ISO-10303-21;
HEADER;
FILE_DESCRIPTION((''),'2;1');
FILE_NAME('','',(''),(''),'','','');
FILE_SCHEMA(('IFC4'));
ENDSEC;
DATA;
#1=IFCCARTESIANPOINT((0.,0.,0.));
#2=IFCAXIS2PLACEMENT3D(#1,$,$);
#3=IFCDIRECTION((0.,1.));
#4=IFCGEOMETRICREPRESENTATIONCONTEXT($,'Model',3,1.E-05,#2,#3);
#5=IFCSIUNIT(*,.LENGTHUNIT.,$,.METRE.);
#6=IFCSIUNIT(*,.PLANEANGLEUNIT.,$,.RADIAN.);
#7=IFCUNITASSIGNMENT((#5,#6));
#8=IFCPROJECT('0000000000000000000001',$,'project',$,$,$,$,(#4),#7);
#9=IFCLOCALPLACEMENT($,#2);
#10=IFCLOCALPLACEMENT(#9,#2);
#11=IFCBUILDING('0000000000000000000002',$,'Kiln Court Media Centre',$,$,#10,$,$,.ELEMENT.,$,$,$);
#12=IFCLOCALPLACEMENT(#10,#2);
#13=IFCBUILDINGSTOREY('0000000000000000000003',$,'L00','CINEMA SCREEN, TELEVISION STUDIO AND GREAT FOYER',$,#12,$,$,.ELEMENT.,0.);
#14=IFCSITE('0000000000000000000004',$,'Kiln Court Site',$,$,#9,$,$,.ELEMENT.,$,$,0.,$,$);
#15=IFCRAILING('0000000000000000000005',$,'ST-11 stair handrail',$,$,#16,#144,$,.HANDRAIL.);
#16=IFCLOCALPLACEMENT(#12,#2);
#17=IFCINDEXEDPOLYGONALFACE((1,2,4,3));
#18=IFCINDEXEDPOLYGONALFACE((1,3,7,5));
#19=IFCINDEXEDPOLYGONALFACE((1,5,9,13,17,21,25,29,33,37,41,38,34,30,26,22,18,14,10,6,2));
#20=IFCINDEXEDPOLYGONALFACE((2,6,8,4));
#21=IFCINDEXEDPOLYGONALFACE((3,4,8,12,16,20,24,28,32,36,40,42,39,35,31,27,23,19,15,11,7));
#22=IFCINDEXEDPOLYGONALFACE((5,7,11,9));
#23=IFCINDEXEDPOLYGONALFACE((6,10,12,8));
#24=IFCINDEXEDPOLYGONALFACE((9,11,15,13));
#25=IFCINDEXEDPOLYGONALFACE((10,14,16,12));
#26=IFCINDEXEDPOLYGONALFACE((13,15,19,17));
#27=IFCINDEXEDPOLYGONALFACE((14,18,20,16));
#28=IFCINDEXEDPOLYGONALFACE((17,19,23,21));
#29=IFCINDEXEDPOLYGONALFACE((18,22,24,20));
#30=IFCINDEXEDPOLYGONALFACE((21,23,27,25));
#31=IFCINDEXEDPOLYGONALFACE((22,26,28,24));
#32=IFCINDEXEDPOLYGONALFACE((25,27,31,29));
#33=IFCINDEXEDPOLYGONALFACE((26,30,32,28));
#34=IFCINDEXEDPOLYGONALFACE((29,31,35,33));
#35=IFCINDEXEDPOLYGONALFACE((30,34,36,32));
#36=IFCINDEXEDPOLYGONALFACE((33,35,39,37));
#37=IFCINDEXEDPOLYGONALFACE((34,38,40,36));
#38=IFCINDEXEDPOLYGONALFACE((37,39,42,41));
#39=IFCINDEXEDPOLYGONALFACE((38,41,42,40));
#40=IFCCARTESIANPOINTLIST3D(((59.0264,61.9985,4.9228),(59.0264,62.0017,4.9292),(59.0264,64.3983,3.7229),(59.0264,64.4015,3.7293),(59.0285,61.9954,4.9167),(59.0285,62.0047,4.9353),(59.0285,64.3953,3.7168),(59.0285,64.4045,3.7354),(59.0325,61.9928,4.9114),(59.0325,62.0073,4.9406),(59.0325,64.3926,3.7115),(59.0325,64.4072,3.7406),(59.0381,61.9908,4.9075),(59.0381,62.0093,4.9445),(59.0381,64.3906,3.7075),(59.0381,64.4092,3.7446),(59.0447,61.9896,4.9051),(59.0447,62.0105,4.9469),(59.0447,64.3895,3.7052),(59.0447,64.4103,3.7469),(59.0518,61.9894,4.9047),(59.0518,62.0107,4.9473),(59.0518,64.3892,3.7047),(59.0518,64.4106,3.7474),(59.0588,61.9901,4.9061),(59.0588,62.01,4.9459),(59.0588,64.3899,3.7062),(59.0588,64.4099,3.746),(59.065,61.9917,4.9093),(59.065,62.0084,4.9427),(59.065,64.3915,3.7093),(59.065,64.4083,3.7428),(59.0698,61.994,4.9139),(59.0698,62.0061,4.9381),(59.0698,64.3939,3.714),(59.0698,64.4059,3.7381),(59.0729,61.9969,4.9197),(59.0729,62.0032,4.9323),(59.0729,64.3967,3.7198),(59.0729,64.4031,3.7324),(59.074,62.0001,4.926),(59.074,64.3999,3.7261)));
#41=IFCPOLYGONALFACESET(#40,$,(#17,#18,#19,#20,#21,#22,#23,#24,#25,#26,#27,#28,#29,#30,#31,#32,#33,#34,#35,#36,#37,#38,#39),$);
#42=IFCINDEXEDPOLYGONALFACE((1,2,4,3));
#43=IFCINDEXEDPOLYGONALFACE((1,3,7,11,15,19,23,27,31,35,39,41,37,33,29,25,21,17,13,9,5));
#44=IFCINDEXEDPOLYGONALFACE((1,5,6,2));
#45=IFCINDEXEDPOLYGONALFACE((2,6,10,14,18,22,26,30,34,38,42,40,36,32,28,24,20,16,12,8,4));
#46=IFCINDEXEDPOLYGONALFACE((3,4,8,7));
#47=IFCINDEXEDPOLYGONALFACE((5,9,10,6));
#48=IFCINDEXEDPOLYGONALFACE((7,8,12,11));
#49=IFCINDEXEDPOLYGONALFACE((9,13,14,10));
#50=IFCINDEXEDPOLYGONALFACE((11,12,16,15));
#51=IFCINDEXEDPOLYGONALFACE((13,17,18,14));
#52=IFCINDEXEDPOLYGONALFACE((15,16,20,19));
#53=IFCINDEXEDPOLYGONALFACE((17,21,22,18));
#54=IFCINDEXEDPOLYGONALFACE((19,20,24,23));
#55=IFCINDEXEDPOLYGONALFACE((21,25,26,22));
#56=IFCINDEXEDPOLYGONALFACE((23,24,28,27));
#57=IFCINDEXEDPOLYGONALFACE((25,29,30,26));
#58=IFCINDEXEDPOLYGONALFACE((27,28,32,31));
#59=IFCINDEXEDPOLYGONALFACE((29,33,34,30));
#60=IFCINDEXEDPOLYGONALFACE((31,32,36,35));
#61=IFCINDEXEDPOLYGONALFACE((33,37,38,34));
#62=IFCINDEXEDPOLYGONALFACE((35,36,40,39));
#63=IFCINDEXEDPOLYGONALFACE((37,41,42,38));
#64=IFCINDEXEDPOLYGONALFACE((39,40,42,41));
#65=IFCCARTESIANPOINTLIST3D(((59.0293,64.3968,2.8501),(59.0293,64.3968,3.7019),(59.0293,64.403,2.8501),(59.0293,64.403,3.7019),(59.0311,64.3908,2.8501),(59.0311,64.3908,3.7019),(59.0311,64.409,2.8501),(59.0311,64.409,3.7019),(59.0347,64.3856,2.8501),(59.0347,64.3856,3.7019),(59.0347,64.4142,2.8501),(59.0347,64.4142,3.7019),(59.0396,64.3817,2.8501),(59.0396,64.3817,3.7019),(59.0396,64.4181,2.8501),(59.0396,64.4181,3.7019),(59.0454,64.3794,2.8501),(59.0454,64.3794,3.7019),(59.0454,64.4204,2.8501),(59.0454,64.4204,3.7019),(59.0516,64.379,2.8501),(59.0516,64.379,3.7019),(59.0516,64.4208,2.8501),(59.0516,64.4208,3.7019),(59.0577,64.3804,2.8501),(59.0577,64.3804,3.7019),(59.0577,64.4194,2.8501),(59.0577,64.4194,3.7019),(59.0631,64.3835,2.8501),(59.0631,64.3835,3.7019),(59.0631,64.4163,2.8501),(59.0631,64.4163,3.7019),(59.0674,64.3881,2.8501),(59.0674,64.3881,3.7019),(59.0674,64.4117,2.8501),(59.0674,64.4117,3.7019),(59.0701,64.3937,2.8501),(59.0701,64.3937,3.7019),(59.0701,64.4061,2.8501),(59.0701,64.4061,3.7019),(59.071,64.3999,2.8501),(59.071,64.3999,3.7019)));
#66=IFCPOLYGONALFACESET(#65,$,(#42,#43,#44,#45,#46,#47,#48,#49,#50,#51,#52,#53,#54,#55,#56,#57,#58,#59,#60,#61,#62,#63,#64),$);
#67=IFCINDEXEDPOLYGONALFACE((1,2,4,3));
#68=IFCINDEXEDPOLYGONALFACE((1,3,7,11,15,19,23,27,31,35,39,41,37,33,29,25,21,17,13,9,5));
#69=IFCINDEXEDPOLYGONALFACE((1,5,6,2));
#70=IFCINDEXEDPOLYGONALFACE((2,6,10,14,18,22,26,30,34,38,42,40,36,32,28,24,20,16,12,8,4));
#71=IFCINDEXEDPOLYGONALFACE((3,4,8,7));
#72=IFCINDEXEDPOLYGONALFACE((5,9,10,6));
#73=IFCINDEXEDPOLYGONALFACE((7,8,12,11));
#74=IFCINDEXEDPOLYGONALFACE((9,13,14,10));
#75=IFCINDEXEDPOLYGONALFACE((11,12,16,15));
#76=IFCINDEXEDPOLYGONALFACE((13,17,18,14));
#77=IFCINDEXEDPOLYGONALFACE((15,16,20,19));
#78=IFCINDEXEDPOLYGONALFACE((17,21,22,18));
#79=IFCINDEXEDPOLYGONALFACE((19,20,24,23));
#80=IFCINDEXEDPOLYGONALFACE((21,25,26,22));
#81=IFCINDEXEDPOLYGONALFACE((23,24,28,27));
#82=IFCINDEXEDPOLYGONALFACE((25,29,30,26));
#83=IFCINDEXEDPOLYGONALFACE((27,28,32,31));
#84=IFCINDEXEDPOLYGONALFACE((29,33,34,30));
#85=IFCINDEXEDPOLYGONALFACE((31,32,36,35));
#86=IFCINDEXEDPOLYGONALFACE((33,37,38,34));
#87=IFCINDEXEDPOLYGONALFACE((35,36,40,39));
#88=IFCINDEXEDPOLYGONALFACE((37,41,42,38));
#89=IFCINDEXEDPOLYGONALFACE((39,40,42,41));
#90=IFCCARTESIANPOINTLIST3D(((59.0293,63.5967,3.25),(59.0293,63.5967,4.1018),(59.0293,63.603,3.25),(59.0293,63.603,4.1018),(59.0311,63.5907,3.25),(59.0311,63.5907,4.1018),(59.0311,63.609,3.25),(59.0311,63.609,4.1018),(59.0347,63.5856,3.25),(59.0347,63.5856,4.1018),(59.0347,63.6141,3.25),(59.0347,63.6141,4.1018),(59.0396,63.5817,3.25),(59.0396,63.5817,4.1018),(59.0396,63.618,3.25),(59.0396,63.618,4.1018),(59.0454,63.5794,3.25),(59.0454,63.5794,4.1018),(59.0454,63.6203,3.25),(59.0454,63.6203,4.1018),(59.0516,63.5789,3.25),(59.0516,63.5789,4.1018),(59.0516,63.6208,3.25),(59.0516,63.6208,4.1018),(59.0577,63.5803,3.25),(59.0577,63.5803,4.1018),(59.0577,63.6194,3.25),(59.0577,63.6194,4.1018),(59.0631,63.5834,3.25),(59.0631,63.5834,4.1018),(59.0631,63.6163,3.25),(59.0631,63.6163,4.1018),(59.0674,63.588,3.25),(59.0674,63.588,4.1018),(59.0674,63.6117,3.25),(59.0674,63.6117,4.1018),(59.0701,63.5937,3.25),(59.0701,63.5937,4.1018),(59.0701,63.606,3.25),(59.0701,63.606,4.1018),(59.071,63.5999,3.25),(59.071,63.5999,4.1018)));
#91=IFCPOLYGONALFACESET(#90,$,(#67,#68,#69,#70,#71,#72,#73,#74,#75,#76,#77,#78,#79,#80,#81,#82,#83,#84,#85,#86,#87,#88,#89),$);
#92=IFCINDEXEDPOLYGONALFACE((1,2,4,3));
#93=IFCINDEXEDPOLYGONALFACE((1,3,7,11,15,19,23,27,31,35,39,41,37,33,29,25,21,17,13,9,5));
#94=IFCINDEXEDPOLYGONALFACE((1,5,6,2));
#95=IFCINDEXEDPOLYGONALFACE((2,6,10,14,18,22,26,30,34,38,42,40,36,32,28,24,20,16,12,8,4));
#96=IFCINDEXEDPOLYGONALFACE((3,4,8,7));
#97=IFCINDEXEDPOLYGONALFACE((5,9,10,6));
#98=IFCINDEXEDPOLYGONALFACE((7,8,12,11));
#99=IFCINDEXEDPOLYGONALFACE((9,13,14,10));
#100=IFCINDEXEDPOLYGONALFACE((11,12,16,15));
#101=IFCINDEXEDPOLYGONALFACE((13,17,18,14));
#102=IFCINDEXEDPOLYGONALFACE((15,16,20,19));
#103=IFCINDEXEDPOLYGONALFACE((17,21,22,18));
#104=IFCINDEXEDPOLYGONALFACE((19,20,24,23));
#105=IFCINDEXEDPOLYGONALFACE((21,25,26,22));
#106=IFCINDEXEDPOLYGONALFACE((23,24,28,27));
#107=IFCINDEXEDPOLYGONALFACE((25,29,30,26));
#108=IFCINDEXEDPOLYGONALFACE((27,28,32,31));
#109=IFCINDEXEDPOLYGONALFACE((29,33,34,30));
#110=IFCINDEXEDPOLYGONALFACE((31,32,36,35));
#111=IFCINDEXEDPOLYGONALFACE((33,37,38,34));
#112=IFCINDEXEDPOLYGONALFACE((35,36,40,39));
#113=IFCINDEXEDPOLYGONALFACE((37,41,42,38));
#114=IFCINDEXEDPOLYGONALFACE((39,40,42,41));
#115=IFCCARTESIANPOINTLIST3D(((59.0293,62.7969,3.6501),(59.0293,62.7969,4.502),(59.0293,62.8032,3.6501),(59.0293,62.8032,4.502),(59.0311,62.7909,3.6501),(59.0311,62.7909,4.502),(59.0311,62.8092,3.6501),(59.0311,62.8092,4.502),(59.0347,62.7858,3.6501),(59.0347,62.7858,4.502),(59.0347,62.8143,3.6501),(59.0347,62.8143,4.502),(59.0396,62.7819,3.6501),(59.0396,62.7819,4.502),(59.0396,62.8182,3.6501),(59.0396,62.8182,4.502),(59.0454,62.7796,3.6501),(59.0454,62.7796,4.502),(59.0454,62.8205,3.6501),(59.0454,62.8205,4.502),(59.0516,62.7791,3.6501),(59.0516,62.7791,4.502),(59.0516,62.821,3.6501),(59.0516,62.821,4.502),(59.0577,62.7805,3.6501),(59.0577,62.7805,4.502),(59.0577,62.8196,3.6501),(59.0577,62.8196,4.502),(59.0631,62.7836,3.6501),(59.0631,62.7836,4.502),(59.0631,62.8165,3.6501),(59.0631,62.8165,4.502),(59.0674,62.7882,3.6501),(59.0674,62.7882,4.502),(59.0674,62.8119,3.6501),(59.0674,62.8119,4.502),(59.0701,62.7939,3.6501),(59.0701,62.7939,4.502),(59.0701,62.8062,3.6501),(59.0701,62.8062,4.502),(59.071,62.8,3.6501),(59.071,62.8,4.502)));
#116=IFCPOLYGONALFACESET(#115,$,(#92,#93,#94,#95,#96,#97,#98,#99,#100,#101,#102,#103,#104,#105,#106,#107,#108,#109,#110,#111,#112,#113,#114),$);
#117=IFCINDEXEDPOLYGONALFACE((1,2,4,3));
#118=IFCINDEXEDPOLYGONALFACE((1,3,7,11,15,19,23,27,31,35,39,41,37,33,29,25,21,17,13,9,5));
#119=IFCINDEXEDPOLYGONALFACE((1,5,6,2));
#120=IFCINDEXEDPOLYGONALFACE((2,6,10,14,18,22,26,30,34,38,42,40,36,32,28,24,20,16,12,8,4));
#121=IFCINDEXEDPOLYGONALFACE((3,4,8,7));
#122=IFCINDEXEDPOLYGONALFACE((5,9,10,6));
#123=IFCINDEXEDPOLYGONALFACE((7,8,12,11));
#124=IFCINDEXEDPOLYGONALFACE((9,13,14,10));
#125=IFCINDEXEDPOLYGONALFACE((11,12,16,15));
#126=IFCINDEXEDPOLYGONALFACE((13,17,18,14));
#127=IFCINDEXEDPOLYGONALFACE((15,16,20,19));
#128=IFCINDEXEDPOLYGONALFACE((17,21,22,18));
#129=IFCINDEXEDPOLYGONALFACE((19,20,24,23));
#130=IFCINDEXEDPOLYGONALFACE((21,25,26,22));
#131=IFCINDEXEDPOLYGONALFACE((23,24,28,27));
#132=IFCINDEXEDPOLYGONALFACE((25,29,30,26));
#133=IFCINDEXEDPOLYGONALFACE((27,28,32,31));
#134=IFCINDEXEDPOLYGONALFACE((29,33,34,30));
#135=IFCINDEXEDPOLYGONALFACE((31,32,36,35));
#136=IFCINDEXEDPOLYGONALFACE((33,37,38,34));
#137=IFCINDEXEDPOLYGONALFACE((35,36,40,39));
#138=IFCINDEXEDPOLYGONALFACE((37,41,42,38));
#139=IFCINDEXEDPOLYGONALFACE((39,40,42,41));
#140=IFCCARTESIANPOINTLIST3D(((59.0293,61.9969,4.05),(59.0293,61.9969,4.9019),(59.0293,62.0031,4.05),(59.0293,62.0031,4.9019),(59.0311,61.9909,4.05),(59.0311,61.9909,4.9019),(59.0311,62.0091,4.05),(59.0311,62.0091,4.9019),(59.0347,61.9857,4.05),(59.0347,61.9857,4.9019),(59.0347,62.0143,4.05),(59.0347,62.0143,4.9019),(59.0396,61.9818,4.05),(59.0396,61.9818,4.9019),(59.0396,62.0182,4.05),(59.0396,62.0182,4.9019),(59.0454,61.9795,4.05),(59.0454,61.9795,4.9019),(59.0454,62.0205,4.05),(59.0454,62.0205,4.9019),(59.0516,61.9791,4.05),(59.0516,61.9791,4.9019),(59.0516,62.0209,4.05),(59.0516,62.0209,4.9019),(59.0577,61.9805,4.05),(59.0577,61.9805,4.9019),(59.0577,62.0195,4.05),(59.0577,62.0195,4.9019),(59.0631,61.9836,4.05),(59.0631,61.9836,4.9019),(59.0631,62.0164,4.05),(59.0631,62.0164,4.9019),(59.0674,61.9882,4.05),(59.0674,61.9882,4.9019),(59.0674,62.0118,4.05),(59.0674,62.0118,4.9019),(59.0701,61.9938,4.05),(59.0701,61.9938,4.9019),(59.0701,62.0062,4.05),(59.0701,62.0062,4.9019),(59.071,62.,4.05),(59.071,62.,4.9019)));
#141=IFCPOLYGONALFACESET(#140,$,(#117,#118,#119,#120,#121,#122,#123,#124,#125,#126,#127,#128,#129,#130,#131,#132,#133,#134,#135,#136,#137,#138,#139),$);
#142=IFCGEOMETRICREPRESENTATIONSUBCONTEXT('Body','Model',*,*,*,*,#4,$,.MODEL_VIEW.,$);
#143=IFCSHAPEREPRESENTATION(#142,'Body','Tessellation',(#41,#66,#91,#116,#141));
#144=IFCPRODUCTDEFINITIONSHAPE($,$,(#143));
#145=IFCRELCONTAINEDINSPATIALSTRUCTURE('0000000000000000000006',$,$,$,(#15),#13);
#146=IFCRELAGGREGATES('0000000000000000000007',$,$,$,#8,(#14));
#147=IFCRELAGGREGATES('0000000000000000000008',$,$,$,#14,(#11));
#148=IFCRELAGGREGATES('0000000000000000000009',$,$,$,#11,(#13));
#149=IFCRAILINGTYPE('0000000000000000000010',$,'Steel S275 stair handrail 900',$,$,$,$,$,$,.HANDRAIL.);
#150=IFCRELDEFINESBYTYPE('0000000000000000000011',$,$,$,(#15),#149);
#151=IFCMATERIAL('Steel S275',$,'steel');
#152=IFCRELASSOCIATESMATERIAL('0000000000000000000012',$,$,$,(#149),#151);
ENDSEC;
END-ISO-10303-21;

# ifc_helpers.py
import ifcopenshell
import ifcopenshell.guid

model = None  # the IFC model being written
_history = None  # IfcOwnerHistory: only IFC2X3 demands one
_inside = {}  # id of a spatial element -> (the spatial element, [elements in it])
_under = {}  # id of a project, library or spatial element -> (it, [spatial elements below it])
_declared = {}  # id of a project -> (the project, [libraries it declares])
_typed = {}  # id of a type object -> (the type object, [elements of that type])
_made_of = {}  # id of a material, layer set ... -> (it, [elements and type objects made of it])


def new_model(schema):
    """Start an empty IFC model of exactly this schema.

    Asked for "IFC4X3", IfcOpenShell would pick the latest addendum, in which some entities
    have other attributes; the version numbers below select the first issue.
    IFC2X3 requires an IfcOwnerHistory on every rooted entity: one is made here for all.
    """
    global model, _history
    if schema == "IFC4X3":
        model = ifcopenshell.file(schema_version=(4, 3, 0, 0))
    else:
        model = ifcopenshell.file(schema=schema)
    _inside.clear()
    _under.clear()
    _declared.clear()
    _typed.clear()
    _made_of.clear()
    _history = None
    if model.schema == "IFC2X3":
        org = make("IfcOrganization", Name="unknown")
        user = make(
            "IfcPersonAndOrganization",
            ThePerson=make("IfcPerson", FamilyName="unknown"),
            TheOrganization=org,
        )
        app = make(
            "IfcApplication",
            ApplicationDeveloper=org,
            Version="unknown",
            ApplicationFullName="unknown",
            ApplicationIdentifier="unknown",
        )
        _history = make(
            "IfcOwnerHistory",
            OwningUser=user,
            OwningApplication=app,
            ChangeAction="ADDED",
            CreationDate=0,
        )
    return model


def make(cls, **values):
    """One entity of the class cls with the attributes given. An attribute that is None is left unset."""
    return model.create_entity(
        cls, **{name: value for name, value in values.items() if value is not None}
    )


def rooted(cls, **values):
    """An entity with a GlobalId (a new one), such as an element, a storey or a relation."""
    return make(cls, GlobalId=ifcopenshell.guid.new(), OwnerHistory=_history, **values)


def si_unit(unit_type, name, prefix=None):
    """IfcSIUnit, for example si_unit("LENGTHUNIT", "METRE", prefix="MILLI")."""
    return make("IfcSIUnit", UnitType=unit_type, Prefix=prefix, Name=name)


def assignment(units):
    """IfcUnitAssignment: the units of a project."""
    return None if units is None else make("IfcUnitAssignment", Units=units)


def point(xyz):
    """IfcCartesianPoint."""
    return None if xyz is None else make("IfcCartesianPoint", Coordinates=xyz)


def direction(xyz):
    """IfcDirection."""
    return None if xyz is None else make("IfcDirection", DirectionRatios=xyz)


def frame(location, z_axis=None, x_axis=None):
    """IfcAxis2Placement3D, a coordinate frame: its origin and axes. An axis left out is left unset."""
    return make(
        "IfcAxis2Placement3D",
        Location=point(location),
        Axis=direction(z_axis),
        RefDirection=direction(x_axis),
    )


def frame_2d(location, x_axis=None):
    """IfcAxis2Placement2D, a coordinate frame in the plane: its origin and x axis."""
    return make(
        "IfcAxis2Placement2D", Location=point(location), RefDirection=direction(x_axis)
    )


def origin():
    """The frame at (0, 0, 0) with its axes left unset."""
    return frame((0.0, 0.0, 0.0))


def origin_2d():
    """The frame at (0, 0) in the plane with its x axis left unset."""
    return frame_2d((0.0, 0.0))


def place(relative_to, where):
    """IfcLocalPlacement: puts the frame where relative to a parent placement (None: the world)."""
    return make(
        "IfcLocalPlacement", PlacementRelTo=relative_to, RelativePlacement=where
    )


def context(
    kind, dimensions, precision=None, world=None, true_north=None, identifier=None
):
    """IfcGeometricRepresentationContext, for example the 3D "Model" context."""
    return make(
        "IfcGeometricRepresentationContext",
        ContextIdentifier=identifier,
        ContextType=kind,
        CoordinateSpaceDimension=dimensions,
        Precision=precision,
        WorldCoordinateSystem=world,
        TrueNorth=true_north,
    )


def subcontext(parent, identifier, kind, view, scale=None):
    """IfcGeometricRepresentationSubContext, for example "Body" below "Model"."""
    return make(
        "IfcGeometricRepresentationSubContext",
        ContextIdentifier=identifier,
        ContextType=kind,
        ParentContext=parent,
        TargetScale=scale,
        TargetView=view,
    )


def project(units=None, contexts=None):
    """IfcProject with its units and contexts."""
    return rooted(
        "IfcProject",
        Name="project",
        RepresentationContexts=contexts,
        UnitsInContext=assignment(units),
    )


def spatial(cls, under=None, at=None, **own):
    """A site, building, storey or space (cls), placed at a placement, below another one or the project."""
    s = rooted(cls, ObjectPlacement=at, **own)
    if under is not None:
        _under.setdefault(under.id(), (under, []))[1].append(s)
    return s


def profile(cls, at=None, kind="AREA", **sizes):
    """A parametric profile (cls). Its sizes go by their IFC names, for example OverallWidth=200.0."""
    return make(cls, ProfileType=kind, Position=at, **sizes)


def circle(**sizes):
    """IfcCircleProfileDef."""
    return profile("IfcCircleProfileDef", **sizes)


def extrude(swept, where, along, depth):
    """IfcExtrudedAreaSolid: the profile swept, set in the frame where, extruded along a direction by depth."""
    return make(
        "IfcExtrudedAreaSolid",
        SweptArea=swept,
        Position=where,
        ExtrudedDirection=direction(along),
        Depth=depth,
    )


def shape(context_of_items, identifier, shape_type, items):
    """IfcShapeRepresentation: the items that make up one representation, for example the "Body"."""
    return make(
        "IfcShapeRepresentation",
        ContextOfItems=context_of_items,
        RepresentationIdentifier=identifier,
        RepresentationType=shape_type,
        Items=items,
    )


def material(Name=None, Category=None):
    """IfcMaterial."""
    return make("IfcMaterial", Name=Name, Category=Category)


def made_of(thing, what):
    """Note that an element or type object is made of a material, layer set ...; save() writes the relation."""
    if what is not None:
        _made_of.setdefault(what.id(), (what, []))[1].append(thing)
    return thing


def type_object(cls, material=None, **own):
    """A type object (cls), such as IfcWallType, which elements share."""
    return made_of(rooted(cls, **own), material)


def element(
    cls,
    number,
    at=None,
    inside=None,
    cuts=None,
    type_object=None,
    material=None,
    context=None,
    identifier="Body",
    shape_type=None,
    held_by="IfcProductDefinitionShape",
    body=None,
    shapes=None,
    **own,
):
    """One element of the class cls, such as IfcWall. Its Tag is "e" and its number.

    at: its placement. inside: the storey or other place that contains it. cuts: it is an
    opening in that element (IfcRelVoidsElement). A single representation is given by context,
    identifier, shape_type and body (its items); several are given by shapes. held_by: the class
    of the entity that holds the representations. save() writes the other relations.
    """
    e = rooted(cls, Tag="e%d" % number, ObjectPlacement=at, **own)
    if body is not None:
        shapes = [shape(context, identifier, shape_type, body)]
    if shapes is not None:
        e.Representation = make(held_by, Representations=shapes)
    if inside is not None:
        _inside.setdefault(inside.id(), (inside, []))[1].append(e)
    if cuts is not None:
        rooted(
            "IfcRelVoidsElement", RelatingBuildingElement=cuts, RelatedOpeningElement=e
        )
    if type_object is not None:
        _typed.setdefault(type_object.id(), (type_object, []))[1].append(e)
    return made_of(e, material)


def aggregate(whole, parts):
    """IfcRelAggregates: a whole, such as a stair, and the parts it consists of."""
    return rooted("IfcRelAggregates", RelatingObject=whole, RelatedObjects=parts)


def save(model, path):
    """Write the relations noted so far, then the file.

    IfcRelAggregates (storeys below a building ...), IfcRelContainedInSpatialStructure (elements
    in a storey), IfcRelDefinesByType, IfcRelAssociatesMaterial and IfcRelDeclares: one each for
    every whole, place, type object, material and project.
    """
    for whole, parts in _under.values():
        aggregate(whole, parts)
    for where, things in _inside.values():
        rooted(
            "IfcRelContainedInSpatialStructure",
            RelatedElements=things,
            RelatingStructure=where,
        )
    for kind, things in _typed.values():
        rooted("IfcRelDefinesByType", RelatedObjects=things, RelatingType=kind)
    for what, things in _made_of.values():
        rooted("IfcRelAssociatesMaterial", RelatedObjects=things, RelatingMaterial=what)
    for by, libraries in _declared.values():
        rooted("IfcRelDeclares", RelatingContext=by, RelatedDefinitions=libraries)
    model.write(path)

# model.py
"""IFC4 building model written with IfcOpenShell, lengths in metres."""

from ifc_helpers import new_model, si_unit, direction, frame, origin, origin_2d, place, context, subcontext, project, spatial, circle, extrude, material, type_object, element, save


model = new_model("IFC4")

# Units and contexts
model_context = context("Model", 3, precision=1e-05, world=origin(), true_north=direction((0.0, 1.0)))
body_context = subcontext(model_context, "Body", "Model", "MODEL_VIEW")
ifc_project = project(units=[si_unit("LENGTHUNIT", "METRE"), si_unit("PLANEANGLEUNIT", "RADIAN")], contexts=[model_context])

# Site, building, storey
site_placement = place(None, origin())
site = spatial("IfcSite", under=ifc_project, at=site_placement, Name="Kiln Court Site", CompositionType="ELEMENT", RefElevation=0.0)
building_placement = place(site_placement, origin())
building = spatial("IfcBuilding", under=site, at=building_placement, Name="Kiln Court Media Centre", CompositionType="ELEMENT")
storey_placement = place(building_placement, origin())
storey = spatial("IfcBuildingStorey", under=building, at=storey_placement, Name="L00", Description="CINEMA SCREEN, TELEVISION STUDIO AND GREAT FOYER", CompositionType="ELEMENT", Elevation=0.0)

# Railing
ifc_material_1 = material(Name="Steel S275", Category="steel")
railing_type_1 = type_object("IfcRailingType", Name="Steel S275 stair handrail 900", PredefinedType="HANDRAIL", material=ifc_material_1)
railing_1_placement = place(storey_placement, frame((59.05, 64.3999, 2.8501)))
element("IfcRailing", 1, at=railing_1_placement, inside=storey, type_object=railing_type_1, Name="ST-11 stair handrail", PredefinedType="HANDRAIL", context=body_context, shape_type="SweptSolid", body=[
    extrude(circle(Radius=0.0239, at=origin_2d()), frame((0.0, 0.0, 0.876), z_axis=(0.0, -0.894427, 0.447214), x_axis=(1.0, 0.0, 0.0)), (0.0, 0.0, 1.0), 2.6831),
    extrude(circle(Radius=0.021, at=origin_2d()), origin(), (0.0, 0.0, 1.0), 0.8518),
    extrude(circle(Radius=0.021, at=origin_2d()), frame((0.0, -0.8, 0.3999)), (0.0, 0.0, 1.0), 0.8518),
    extrude(circle(Radius=0.021, at=origin_2d()), frame((0.0, -1.5999, 0.8)), (0.0, 0.0, 1.0), 0.8518),
    extrude(circle(Radius=0.021, at=origin_2d()), frame((0.0, -2.3999, 1.2)), (0.0, 0.0, 1.0), 0.8518),
])

save(model, "model.ifc")
